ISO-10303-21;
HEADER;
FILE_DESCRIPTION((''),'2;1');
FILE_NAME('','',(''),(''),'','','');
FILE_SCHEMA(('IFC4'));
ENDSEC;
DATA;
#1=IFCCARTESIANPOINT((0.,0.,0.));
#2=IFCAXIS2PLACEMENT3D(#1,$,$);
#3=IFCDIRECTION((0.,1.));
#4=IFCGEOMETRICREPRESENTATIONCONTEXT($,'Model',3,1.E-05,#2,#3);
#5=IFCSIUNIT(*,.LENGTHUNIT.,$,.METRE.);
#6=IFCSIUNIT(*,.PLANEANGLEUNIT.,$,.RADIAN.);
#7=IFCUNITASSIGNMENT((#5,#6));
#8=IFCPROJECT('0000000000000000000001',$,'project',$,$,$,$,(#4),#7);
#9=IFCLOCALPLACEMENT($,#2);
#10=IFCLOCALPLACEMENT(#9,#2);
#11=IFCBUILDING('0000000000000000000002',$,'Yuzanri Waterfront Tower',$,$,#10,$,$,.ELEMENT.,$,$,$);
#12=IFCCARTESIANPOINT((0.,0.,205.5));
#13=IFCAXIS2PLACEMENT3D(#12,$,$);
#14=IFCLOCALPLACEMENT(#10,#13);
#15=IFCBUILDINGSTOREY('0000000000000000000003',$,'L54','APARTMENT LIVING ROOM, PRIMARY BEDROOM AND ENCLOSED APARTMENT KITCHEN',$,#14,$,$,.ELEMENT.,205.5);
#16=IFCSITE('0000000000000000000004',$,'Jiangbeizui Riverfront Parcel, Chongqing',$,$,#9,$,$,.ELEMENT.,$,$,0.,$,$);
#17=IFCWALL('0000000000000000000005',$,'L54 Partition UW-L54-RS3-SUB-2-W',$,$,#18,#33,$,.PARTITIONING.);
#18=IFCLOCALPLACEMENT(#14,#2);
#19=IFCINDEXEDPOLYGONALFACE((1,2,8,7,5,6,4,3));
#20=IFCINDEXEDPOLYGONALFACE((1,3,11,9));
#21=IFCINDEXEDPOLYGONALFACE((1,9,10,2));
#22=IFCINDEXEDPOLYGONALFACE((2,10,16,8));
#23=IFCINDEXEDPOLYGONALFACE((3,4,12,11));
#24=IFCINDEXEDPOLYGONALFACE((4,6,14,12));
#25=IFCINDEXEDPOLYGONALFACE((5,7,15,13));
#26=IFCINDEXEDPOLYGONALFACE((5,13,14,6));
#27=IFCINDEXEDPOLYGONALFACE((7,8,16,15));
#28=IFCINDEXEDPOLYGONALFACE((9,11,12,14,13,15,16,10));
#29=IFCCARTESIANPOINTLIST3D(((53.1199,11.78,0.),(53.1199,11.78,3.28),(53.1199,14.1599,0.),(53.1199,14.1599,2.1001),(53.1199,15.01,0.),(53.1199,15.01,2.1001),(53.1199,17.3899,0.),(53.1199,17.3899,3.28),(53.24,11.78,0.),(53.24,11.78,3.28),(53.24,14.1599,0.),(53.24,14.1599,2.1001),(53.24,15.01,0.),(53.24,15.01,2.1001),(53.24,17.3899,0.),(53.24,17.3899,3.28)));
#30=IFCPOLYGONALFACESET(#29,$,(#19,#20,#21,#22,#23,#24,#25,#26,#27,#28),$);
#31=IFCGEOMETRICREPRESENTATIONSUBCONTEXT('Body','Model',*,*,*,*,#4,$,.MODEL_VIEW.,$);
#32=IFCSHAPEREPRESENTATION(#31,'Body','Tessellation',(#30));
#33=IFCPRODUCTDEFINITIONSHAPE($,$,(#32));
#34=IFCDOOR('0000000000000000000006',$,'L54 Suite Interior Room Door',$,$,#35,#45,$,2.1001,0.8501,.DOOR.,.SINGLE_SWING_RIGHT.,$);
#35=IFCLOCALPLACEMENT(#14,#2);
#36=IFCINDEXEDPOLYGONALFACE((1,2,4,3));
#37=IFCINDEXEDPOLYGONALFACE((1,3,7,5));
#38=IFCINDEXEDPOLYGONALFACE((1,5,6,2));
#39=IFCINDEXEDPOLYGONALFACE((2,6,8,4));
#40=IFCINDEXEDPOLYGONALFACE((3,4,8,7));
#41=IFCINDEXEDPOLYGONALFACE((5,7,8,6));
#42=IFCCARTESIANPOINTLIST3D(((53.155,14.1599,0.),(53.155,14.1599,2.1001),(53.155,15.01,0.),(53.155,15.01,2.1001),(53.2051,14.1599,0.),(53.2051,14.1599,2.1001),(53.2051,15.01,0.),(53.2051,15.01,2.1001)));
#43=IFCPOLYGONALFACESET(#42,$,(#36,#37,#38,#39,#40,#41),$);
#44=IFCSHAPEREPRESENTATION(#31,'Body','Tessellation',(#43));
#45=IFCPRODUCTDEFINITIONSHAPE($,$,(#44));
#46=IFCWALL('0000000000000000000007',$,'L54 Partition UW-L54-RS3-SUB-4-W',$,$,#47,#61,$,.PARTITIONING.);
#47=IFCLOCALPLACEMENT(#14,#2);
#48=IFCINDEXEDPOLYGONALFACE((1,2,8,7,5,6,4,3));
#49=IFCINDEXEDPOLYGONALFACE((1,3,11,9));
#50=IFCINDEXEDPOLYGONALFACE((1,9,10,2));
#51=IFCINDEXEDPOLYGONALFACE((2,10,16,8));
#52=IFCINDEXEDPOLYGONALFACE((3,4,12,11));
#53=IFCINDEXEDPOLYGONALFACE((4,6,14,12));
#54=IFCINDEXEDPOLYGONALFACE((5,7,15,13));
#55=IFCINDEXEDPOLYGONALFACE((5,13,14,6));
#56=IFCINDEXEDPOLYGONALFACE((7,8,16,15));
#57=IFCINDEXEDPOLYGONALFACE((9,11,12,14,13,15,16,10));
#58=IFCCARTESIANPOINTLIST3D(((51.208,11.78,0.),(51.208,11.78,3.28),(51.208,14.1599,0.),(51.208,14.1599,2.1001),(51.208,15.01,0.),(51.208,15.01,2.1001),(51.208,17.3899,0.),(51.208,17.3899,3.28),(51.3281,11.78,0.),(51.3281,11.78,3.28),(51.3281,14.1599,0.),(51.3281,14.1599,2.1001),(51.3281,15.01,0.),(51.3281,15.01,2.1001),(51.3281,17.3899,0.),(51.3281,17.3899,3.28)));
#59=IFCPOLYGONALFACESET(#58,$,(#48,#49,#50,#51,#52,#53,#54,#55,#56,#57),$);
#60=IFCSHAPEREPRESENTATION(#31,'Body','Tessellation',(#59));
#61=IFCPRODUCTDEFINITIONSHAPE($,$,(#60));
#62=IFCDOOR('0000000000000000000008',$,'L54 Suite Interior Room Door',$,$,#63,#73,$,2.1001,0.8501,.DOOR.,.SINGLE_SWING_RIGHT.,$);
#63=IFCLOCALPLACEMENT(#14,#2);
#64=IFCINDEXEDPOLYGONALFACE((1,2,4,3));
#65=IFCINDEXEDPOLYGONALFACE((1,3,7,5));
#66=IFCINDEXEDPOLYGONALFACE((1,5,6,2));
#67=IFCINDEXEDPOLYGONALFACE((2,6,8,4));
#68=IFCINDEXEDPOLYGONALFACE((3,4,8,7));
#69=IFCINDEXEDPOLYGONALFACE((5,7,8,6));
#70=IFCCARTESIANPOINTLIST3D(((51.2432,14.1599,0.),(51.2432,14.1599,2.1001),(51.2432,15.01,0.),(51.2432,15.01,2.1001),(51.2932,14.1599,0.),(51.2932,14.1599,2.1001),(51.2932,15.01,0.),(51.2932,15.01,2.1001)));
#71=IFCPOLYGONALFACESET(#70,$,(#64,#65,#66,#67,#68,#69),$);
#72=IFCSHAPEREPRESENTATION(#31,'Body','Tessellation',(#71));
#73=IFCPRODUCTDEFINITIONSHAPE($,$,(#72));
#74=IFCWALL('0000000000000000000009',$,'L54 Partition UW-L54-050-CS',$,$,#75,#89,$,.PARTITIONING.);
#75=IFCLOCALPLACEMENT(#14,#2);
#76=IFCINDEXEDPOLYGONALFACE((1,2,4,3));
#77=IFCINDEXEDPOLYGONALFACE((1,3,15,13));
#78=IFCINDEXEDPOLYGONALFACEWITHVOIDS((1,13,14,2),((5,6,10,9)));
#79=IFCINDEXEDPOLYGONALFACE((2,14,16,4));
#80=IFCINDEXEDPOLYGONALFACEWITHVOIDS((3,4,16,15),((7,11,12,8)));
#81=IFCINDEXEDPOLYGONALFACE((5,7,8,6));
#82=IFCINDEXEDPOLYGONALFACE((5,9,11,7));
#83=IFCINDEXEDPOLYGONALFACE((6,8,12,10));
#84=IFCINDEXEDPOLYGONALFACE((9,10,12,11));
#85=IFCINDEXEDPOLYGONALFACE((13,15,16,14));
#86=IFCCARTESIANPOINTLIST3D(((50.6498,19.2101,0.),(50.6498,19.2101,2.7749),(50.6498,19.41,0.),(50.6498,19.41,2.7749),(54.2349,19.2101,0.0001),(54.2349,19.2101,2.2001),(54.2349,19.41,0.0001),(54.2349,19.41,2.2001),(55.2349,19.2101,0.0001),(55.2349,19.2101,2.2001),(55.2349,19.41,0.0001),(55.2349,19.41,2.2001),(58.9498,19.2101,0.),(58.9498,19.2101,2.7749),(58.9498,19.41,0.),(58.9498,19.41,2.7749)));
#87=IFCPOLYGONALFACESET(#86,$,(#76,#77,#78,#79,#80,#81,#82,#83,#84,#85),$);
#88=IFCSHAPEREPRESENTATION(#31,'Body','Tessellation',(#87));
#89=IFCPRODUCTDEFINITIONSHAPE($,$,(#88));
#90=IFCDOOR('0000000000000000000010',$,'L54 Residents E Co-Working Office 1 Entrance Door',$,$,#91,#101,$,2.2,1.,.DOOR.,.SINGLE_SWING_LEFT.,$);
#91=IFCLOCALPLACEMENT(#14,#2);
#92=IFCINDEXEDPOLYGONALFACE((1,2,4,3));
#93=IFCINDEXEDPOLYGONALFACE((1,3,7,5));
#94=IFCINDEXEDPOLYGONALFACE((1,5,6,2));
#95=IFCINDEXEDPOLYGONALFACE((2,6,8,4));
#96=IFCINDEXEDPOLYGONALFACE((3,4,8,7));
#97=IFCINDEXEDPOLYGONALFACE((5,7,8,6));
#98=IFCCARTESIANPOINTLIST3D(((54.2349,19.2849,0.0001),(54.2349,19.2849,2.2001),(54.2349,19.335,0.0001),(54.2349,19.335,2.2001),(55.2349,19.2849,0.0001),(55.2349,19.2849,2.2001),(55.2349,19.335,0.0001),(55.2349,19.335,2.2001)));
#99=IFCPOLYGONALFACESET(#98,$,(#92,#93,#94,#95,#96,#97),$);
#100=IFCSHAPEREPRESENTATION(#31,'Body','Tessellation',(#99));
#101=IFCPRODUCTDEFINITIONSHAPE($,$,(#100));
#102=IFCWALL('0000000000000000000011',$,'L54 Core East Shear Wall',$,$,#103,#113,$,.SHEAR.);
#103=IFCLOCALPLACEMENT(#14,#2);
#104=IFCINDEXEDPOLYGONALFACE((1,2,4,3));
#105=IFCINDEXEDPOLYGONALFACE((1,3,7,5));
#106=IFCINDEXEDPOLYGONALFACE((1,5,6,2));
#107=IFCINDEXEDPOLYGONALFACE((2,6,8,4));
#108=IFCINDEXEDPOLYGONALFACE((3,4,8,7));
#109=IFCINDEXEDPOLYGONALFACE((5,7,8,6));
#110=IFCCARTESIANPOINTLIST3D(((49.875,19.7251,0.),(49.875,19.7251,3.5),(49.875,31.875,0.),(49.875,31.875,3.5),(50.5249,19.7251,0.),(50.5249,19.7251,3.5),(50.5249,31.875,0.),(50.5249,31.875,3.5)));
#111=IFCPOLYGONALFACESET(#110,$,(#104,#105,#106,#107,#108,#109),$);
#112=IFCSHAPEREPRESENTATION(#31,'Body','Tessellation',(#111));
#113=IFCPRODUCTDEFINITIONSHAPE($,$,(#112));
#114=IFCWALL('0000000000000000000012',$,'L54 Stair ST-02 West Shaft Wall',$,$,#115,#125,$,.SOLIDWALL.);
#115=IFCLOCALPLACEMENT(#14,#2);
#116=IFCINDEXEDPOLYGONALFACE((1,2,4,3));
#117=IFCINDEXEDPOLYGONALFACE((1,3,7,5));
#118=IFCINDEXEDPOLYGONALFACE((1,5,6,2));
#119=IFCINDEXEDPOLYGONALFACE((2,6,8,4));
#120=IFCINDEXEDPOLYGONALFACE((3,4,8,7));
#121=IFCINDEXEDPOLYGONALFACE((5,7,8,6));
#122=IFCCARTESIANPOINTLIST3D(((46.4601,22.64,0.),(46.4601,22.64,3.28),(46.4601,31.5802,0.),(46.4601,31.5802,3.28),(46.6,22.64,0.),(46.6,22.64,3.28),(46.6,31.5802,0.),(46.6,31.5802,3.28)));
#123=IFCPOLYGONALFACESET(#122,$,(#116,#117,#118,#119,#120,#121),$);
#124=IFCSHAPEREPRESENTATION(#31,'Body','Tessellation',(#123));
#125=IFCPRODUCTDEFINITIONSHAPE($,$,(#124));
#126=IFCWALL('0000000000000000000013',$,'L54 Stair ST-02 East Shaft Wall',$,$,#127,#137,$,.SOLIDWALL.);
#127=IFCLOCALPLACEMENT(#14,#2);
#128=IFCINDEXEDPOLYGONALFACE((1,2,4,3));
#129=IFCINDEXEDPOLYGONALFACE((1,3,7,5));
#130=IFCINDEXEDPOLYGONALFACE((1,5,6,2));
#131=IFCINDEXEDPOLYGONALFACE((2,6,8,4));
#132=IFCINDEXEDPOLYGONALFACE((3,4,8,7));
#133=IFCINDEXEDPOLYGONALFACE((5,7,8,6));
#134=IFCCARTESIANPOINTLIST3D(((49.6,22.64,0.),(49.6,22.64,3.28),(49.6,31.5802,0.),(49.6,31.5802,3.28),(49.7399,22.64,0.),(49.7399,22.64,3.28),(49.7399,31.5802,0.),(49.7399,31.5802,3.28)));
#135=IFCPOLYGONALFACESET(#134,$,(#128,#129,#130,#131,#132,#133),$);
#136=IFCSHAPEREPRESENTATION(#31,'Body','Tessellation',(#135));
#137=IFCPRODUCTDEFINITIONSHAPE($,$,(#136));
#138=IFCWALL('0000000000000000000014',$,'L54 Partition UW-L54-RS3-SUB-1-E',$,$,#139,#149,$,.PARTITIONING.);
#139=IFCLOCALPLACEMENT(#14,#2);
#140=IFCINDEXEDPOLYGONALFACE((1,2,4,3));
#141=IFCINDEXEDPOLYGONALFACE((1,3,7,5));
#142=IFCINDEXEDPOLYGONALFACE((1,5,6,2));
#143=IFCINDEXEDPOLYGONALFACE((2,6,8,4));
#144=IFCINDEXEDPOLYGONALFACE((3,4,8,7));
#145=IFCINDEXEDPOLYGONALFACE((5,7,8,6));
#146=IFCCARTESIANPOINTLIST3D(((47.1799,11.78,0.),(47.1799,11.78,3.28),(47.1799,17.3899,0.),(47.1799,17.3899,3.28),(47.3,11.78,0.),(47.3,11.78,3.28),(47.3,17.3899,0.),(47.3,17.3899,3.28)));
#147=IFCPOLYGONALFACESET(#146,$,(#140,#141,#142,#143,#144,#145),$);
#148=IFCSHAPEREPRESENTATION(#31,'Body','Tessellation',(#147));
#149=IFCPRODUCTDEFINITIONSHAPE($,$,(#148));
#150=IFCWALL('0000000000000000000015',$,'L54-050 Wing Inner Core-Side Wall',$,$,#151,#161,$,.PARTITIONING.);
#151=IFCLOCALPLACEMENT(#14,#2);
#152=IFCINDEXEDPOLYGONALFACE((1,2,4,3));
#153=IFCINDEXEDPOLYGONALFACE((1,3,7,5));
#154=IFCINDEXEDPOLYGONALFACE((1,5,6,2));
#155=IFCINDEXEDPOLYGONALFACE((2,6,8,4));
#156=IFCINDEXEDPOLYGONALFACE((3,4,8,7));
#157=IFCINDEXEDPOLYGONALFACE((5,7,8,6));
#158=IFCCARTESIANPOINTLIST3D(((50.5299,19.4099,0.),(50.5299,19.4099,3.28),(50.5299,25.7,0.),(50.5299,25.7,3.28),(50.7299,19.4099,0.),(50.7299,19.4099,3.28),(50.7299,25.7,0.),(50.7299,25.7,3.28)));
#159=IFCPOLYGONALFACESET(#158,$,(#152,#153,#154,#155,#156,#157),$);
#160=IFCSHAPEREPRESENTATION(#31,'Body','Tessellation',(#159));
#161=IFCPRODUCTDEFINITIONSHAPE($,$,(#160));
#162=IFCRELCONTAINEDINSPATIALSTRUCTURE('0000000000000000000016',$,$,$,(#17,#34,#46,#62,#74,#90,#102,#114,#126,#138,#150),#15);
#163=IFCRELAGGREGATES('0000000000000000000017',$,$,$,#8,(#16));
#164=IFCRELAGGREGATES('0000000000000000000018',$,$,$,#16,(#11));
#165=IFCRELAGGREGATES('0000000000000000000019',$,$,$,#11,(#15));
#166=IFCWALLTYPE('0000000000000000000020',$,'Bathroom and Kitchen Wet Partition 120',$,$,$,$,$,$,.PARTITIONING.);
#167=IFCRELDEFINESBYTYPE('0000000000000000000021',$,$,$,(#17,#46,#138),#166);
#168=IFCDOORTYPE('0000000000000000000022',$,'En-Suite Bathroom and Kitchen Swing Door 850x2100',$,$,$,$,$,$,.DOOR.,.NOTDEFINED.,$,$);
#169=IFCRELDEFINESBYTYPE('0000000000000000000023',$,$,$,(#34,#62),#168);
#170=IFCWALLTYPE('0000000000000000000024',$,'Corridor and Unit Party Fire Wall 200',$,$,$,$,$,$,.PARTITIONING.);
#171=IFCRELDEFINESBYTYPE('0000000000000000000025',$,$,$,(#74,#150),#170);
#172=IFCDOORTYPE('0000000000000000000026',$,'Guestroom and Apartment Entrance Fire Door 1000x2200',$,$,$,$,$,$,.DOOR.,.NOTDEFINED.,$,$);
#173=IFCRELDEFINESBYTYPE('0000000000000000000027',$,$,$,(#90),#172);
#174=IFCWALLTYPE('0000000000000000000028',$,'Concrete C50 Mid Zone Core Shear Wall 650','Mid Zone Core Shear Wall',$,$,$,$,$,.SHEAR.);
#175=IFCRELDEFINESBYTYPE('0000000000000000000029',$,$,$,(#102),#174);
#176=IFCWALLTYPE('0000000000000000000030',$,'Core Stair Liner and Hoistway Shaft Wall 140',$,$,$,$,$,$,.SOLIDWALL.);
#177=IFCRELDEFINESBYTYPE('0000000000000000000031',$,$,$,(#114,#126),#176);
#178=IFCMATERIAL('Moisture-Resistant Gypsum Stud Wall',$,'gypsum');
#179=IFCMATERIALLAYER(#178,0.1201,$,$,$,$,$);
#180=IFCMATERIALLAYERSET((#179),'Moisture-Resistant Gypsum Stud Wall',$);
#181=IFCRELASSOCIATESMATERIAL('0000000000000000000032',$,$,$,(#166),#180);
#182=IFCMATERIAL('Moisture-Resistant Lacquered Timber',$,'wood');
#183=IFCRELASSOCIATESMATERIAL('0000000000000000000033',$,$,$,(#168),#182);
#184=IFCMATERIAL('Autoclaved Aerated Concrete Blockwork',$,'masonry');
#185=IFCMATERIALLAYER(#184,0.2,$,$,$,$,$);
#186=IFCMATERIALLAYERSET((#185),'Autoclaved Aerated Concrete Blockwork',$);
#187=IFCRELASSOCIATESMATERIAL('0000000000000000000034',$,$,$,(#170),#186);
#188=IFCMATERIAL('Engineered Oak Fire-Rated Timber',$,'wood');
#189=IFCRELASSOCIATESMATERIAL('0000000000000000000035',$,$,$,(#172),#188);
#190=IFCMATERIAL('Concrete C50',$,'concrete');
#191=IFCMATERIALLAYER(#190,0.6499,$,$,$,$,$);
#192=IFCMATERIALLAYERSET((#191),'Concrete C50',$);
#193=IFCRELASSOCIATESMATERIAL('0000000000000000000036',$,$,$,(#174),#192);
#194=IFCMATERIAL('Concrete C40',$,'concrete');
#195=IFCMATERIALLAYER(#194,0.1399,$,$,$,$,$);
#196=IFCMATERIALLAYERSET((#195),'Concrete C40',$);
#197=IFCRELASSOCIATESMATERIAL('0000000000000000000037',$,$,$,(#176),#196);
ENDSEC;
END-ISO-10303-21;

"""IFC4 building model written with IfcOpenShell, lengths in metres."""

from ifc_helpers import new_model, si_unit, direction, frame, frame_2d, origin, place, context, subcontext, project, spatial, rectangle, extrude, source, transform, mapped, material, layer, layer_set, type_object, element, fill, save


model = new_model("IFC4")

# Units and contexts
model_context = context("Model", 3, precision=1e-05, world=origin(), true_north=direction((0.0, 1.0)))
body_context = subcontext(model_context, "Body", "Model", "MODEL_VIEW")
ifc_project = project(units=[si_unit("LENGTHUNIT", "METRE"), si_unit("PLANEANGLEUNIT", "RADIAN")], contexts=[model_context])

# Site, building, storey
site_placement = place(None, origin())
site = spatial("IfcSite", under=ifc_project, at=site_placement, Name="Jiangbeizui Riverfront Parcel, Chongqing", CompositionType="ELEMENT", RefElevation=0.0)
building_placement = place(site_placement, origin())
building = spatial("IfcBuilding", under=site, at=building_placement, Name="Yuzanri Waterfront Tower", CompositionType="ELEMENT")
storey_placement = place(building_placement, frame((0.0, 0.0, 205.5)))
storey = spatial("IfcBuildingStorey", under=building, at=storey_placement, Name="L54", Description="APARTMENT LIVING ROOM, PRIMARY BEDROOM AND ENCLOSED APARTMENT KITCHEN", CompositionType="ELEMENT", Elevation=205.5)

# Walls, openings, doors
ifc_material_1 = material(Name="Moisture-Resistant Gypsum Stud Wall", Category="gypsum")
ifc_layer_1 = layer(ifc_material_1, 0.1201)
ifc_layer_set_1 = layer_set([ifc_layer_1], Name="Moisture-Resistant Gypsum Stud Wall")
wall_type_1 = type_object("IfcWallType", Name="Bathroom and Kitchen Wet Partition 120", PredefinedType="PARTITIONING", material=ifc_layer_set_1)
wall_1_placement = place(storey_placement, frame((53.1799, 11.78, 0.0), z_axis=(0.0, 0.0, 1.0), x_axis=(0.0, 1.0, 0.0)))
wall_1 = element("IfcWall", 1, at=wall_1_placement, inside=storey, type_object=wall_type_1, Name="L54 Partition UW-L54-RS3-SUB-2-W", PredefinedType="PARTITIONING", context=body_context, shape_type="SweptSolid", body=[
    extrude(rectangle(XDim=5.6099, YDim=0.1201, at=frame_2d((2.8049, 0.0))), origin(), (0.0, 0.0, 1.0), 3.28),
])
opening_1_placement = place(wall_1_placement, frame((2.3799, 0.0, 0.0)))
opening_1 = element("IfcOpeningElement", 2, at=opening_1_placement, cuts=wall_1, PredefinedType="OPENING", context=body_context, shape_type="SweptSolid", body=[
    extrude(rectangle(XDim=0.8501, YDim=2.1001, at=frame_2d((0.425, 1.05))), frame((0.0, 0.075, 0.0), z_axis=(0.0, -1.0, 0.0), x_axis=(1.0, 0.0, 0.0)), (0.0, 0.0, 1.0), 0.1499),
])
ifc_material_2 = material(Name="Moisture-Resistant Lacquered Timber", Category="wood")
door_type_1 = type_object("IfcDoorType", Name="En-Suite Bathroom and Kitchen Swing Door 850x2100", OperationType="NOTDEFINED", PredefinedType="DOOR", material=ifc_material_2)
shared_shape_1 = source(origin(), body_context, "Body", "SweptSolid", [
    extrude(rectangle(XDim=0.8501, YDim=2.1001, at=frame_2d((0.425, 1.05))), frame((0.0, 0.0249, 0.0), z_axis=(0.0, -1.0, 0.0), x_axis=(1.0, 0.0, 0.0)), (0.0, 0.0, 1.0), 0.05),
])
door_1_placement = place(opening_1_placement, origin())
door_1 = element("IfcDoor", 3, at=door_1_placement, inside=storey, type_object=door_type_1, Name="L54 Suite Interior Room Door", OperationType="SINGLE_SWING_RIGHT", OverallHeight=2.1001, OverallWidth=0.8501, PredefinedType="DOOR", context=body_context, shape_type="MappedRepresentation", body=[
    mapped(shared_shape_1, transform((0.0, 0.0, 0.0), scale=1.0)),
])
fill(opening_1, door_1)
wall_2_placement = place(storey_placement, frame((51.2681, 11.78, 0.0), z_axis=(0.0, 0.0, 1.0), x_axis=(0.0, 1.0, 0.0)))
wall_2 = element("IfcWall", 4, at=wall_2_placement, inside=storey, type_object=wall_type_1, Name="L54 Partition UW-L54-RS3-SUB-4-W", PredefinedType="PARTITIONING", context=body_context, shape_type="SweptSolid", body=[
    extrude(rectangle(XDim=5.6099, YDim=0.1201, at=frame_2d((2.8049, 0.0))), origin(), (0.0, 0.0, 1.0), 3.28),
])
opening_2_placement = place(wall_2_placement, frame((2.3799, 0.0, 0.0)))
opening_2 = element("IfcOpeningElement", 5, at=opening_2_placement, cuts=wall_2, PredefinedType="OPENING", context=body_context, shape_type="SweptSolid", body=[
    extrude(rectangle(XDim=0.8501, YDim=2.1001, at=frame_2d((0.425, 1.05))), frame((0.0, 0.075, 0.0), z_axis=(0.0, -1.0, 0.0), x_axis=(1.0, 0.0, 0.0)), (0.0, 0.0, 1.0), 0.1499),
])
door_2_placement = place(opening_2_placement, origin())
door_2 = element("IfcDoor", 6, at=door_2_placement, inside=storey, type_object=door_type_1, Name="L54 Suite Interior Room Door", OperationType="SINGLE_SWING_RIGHT", OverallHeight=2.1001, OverallWidth=0.8501, PredefinedType="DOOR", context=body_context, shape_type="MappedRepresentation", body=[
    mapped(shared_shape_1, transform((0.0, 0.0, 0.0), scale=1.0)),
])
fill(opening_2, door_2)
ifc_material_3 = material(Name="Autoclaved Aerated Concrete Blockwork", Category="masonry")
ifc_layer_2 = layer(ifc_material_3, 0.2)
ifc_layer_set_2 = layer_set([ifc_layer_2], Name="Autoclaved Aerated Concrete Blockwork")
wall_type_2 = type_object("IfcWallType", Name="Corridor and Unit Party Fire Wall 200", PredefinedType="PARTITIONING", material=ifc_layer_set_2)
wall_3_placement = place(storey_placement, frame((50.6499, 19.3101, 0.0), z_axis=(0.0, 0.0, 1.0), x_axis=(1.0, 0.0, 0.0)))
wall_3 = element("IfcWall", 7, at=wall_3_placement, inside=storey, type_object=wall_type_2, Name="L54 Partition UW-L54-050-CS", PredefinedType="PARTITIONING", context=body_context, shape_type="SweptSolid", body=[
    extrude(rectangle(XDim=8.3, YDim=0.2, at=frame_2d((4.1499, 0.0))), origin(), (0.0, 0.0, 1.0), 2.7749),
])
opening_3_placement = place(wall_3_placement, frame((3.585, 0.0, 0.0)))
opening_3 = element("IfcOpeningElement", 8, at=opening_3_placement, cuts=wall_3, PredefinedType="OPENING", context=body_context, shape_type="SweptSolid", body=[
    extrude(rectangle(XDim=1.0, YDim=2.2, at=frame_2d((0.5, 1.1001))), frame((0.0, 0.1147, 0.0), z_axis=(0.0, -1.0, 0.0), x_axis=(1.0, 0.0, 0.0)), (0.0, 0.0, 1.0), 0.2297),
])
ifc_material_4 = material(Name="Engineered Oak Fire-Rated Timber", Category="wood")
door_type_2 = type_object("IfcDoorType", Name="Guestroom and Apartment Entrance Fire Door 1000x2200", OperationType="NOTDEFINED", PredefinedType="DOOR", material=ifc_material_4)
shared_shape_2 = source(origin(), body_context, "Body", "SweptSolid", [
    extrude(rectangle(XDim=1.0, YDim=2.2, at=frame_2d((0.5, 1.1001))), frame((0.0, 0.0249, 0.0), z_axis=(0.0, -1.0, 0.0), x_axis=(1.0, 0.0, 0.0)), (0.0, 0.0, 1.0), 0.05),
])
door_3_placement = place(opening_3_placement, origin())
door_3 = element("IfcDoor", 9, at=door_3_placement, inside=storey, type_object=door_type_2, Name="L54 Residents E Co-Working Office 1 Entrance Door", OperationType="SINGLE_SWING_LEFT", OverallHeight=2.2, OverallWidth=1.0, PredefinedType="DOOR", context=body_context, shape_type="MappedRepresentation", body=[
    mapped(shared_shape_2, transform((0.0, 0.0, 0.0), scale=1.0)),
])
fill(opening_3, door_3)

# Walls
ifc_material_5 = material(Name="Concrete C50", Category="concrete")
ifc_layer_3 = layer(ifc_material_5, 0.6499)
ifc_layer_set_3 = layer_set([ifc_layer_3], Name="Concrete C50")
wall_type_3 = type_object("IfcWallType", Name="Concrete C50 Mid Zone Core Shear Wall 650", Description="Mid Zone Core Shear Wall", PredefinedType="SHEAR", material=ifc_layer_set_3)
shared_shape_3 = source(origin(), body_context, "Body", "SweptSolid", [
    extrude(rectangle(XDim=12.1499, YDim=0.6499, at=frame_2d((6.075, 0.0))), origin(), (0.0, 0.0, 1.0), 3.5),
])
wall_4_placement = place(storey_placement, frame((50.2, 19.7251, 0.0), z_axis=(0.0, 0.0, 1.0), x_axis=(0.0, 1.0, 0.0)))
element("IfcWall", 10, at=wall_4_placement, inside=storey, type_object=wall_type_3, Name="L54 Core East Shear Wall", PredefinedType="SHEAR", context=body_context, shape_type="MappedRepresentation", body=[
    mapped(shared_shape_3, transform((0.0, 0.0, 0.0), scale=1.0)),
])
ifc_material_6 = material(Name="Concrete C40", Category="concrete")
ifc_layer_4 = layer(ifc_material_6, 0.1399)
ifc_layer_set_4 = layer_set([ifc_layer_4], Name="Concrete C40")
wall_type_4 = type_object("IfcWallType", Name="Core Stair Liner and Hoistway Shaft Wall 140", PredefinedType="SOLIDWALL", material=ifc_layer_set_4)
shared_shape_4 = source(origin(), body_context, "Body", "SweptSolid", [
    extrude(rectangle(XDim=8.9402, YDim=0.1399, at=frame_2d((4.4702, 0.0))), origin(), (0.0, 0.0, 1.0), 3.28),
])
for number, where, z_axis, x_axis, name in (
    (11, (46.53, 22.6399, 0.0), (0.0, 0.0, 1.0), (0.0, 1.0, 0.0), "L54 Stair ST-02 West Shaft Wall"),
    (12, (49.6699, 22.6399, 0.0), (0.0, 0.0, 1.0), (0.0, 1.0, 0.0), "L54 Stair ST-02 East Shaft Wall"),
):
    element("IfcWall", number, at=place(storey_placement, frame(where, z_axis=z_axis, x_axis=x_axis)), inside=storey, type_object=wall_type_4, Name=name, PredefinedType="SOLIDWALL", context=body_context, shape_type="MappedRepresentation", body=[
        mapped(shared_shape_4, transform((0.0, 0.0, 0.0), scale=1.0)),
    ])
shared_shape_5 = source(origin(), body_context, "Body", "SweptSolid", [
    extrude(rectangle(XDim=5.6099, YDim=0.1201, at=frame_2d((2.8049, 0.0))), origin(), (0.0, 0.0, 1.0), 3.28),
])
wall_5_placement = place(storey_placement, frame((47.24, 11.78, 0.0), z_axis=(0.0, 0.0, 1.0), x_axis=(0.0, 1.0, 0.0)))
element("IfcWall", 13, at=wall_5_placement, inside=storey, type_object=wall_type_1, Name="L54 Partition UW-L54-RS3-SUB-1-E", PredefinedType="PARTITIONING", context=body_context, shape_type="MappedRepresentation", body=[
    mapped(shared_shape_5, transform((0.0, 0.0, 0.0), scale=1.0)),
])
shared_shape_6 = source(origin(), body_context, "Body", "SweptSolid", [
    extrude(rectangle(XDim=6.29, YDim=0.2, at=frame_2d((3.145, 0.0))), origin(), (0.0, 0.0, 1.0), 3.28),
])
wall_6_placement = place(storey_placement, frame((50.6299, 19.4099, 0.0), z_axis=(0.0, 0.0, 1.0), x_axis=(0.0, 1.0, 0.0)))
element("IfcWall", 14, at=wall_6_placement, inside=storey, type_object=wall_type_2, Name="L54-050 Wing Inner Core-Side Wall", PredefinedType="PARTITIONING", context=body_context, shape_type="MappedRepresentation", body=[
    mapped(shared_shape_6, transform((0.0, 0.0, 0.0), scale=1.0)),
])

save(model, "model.ifc")
